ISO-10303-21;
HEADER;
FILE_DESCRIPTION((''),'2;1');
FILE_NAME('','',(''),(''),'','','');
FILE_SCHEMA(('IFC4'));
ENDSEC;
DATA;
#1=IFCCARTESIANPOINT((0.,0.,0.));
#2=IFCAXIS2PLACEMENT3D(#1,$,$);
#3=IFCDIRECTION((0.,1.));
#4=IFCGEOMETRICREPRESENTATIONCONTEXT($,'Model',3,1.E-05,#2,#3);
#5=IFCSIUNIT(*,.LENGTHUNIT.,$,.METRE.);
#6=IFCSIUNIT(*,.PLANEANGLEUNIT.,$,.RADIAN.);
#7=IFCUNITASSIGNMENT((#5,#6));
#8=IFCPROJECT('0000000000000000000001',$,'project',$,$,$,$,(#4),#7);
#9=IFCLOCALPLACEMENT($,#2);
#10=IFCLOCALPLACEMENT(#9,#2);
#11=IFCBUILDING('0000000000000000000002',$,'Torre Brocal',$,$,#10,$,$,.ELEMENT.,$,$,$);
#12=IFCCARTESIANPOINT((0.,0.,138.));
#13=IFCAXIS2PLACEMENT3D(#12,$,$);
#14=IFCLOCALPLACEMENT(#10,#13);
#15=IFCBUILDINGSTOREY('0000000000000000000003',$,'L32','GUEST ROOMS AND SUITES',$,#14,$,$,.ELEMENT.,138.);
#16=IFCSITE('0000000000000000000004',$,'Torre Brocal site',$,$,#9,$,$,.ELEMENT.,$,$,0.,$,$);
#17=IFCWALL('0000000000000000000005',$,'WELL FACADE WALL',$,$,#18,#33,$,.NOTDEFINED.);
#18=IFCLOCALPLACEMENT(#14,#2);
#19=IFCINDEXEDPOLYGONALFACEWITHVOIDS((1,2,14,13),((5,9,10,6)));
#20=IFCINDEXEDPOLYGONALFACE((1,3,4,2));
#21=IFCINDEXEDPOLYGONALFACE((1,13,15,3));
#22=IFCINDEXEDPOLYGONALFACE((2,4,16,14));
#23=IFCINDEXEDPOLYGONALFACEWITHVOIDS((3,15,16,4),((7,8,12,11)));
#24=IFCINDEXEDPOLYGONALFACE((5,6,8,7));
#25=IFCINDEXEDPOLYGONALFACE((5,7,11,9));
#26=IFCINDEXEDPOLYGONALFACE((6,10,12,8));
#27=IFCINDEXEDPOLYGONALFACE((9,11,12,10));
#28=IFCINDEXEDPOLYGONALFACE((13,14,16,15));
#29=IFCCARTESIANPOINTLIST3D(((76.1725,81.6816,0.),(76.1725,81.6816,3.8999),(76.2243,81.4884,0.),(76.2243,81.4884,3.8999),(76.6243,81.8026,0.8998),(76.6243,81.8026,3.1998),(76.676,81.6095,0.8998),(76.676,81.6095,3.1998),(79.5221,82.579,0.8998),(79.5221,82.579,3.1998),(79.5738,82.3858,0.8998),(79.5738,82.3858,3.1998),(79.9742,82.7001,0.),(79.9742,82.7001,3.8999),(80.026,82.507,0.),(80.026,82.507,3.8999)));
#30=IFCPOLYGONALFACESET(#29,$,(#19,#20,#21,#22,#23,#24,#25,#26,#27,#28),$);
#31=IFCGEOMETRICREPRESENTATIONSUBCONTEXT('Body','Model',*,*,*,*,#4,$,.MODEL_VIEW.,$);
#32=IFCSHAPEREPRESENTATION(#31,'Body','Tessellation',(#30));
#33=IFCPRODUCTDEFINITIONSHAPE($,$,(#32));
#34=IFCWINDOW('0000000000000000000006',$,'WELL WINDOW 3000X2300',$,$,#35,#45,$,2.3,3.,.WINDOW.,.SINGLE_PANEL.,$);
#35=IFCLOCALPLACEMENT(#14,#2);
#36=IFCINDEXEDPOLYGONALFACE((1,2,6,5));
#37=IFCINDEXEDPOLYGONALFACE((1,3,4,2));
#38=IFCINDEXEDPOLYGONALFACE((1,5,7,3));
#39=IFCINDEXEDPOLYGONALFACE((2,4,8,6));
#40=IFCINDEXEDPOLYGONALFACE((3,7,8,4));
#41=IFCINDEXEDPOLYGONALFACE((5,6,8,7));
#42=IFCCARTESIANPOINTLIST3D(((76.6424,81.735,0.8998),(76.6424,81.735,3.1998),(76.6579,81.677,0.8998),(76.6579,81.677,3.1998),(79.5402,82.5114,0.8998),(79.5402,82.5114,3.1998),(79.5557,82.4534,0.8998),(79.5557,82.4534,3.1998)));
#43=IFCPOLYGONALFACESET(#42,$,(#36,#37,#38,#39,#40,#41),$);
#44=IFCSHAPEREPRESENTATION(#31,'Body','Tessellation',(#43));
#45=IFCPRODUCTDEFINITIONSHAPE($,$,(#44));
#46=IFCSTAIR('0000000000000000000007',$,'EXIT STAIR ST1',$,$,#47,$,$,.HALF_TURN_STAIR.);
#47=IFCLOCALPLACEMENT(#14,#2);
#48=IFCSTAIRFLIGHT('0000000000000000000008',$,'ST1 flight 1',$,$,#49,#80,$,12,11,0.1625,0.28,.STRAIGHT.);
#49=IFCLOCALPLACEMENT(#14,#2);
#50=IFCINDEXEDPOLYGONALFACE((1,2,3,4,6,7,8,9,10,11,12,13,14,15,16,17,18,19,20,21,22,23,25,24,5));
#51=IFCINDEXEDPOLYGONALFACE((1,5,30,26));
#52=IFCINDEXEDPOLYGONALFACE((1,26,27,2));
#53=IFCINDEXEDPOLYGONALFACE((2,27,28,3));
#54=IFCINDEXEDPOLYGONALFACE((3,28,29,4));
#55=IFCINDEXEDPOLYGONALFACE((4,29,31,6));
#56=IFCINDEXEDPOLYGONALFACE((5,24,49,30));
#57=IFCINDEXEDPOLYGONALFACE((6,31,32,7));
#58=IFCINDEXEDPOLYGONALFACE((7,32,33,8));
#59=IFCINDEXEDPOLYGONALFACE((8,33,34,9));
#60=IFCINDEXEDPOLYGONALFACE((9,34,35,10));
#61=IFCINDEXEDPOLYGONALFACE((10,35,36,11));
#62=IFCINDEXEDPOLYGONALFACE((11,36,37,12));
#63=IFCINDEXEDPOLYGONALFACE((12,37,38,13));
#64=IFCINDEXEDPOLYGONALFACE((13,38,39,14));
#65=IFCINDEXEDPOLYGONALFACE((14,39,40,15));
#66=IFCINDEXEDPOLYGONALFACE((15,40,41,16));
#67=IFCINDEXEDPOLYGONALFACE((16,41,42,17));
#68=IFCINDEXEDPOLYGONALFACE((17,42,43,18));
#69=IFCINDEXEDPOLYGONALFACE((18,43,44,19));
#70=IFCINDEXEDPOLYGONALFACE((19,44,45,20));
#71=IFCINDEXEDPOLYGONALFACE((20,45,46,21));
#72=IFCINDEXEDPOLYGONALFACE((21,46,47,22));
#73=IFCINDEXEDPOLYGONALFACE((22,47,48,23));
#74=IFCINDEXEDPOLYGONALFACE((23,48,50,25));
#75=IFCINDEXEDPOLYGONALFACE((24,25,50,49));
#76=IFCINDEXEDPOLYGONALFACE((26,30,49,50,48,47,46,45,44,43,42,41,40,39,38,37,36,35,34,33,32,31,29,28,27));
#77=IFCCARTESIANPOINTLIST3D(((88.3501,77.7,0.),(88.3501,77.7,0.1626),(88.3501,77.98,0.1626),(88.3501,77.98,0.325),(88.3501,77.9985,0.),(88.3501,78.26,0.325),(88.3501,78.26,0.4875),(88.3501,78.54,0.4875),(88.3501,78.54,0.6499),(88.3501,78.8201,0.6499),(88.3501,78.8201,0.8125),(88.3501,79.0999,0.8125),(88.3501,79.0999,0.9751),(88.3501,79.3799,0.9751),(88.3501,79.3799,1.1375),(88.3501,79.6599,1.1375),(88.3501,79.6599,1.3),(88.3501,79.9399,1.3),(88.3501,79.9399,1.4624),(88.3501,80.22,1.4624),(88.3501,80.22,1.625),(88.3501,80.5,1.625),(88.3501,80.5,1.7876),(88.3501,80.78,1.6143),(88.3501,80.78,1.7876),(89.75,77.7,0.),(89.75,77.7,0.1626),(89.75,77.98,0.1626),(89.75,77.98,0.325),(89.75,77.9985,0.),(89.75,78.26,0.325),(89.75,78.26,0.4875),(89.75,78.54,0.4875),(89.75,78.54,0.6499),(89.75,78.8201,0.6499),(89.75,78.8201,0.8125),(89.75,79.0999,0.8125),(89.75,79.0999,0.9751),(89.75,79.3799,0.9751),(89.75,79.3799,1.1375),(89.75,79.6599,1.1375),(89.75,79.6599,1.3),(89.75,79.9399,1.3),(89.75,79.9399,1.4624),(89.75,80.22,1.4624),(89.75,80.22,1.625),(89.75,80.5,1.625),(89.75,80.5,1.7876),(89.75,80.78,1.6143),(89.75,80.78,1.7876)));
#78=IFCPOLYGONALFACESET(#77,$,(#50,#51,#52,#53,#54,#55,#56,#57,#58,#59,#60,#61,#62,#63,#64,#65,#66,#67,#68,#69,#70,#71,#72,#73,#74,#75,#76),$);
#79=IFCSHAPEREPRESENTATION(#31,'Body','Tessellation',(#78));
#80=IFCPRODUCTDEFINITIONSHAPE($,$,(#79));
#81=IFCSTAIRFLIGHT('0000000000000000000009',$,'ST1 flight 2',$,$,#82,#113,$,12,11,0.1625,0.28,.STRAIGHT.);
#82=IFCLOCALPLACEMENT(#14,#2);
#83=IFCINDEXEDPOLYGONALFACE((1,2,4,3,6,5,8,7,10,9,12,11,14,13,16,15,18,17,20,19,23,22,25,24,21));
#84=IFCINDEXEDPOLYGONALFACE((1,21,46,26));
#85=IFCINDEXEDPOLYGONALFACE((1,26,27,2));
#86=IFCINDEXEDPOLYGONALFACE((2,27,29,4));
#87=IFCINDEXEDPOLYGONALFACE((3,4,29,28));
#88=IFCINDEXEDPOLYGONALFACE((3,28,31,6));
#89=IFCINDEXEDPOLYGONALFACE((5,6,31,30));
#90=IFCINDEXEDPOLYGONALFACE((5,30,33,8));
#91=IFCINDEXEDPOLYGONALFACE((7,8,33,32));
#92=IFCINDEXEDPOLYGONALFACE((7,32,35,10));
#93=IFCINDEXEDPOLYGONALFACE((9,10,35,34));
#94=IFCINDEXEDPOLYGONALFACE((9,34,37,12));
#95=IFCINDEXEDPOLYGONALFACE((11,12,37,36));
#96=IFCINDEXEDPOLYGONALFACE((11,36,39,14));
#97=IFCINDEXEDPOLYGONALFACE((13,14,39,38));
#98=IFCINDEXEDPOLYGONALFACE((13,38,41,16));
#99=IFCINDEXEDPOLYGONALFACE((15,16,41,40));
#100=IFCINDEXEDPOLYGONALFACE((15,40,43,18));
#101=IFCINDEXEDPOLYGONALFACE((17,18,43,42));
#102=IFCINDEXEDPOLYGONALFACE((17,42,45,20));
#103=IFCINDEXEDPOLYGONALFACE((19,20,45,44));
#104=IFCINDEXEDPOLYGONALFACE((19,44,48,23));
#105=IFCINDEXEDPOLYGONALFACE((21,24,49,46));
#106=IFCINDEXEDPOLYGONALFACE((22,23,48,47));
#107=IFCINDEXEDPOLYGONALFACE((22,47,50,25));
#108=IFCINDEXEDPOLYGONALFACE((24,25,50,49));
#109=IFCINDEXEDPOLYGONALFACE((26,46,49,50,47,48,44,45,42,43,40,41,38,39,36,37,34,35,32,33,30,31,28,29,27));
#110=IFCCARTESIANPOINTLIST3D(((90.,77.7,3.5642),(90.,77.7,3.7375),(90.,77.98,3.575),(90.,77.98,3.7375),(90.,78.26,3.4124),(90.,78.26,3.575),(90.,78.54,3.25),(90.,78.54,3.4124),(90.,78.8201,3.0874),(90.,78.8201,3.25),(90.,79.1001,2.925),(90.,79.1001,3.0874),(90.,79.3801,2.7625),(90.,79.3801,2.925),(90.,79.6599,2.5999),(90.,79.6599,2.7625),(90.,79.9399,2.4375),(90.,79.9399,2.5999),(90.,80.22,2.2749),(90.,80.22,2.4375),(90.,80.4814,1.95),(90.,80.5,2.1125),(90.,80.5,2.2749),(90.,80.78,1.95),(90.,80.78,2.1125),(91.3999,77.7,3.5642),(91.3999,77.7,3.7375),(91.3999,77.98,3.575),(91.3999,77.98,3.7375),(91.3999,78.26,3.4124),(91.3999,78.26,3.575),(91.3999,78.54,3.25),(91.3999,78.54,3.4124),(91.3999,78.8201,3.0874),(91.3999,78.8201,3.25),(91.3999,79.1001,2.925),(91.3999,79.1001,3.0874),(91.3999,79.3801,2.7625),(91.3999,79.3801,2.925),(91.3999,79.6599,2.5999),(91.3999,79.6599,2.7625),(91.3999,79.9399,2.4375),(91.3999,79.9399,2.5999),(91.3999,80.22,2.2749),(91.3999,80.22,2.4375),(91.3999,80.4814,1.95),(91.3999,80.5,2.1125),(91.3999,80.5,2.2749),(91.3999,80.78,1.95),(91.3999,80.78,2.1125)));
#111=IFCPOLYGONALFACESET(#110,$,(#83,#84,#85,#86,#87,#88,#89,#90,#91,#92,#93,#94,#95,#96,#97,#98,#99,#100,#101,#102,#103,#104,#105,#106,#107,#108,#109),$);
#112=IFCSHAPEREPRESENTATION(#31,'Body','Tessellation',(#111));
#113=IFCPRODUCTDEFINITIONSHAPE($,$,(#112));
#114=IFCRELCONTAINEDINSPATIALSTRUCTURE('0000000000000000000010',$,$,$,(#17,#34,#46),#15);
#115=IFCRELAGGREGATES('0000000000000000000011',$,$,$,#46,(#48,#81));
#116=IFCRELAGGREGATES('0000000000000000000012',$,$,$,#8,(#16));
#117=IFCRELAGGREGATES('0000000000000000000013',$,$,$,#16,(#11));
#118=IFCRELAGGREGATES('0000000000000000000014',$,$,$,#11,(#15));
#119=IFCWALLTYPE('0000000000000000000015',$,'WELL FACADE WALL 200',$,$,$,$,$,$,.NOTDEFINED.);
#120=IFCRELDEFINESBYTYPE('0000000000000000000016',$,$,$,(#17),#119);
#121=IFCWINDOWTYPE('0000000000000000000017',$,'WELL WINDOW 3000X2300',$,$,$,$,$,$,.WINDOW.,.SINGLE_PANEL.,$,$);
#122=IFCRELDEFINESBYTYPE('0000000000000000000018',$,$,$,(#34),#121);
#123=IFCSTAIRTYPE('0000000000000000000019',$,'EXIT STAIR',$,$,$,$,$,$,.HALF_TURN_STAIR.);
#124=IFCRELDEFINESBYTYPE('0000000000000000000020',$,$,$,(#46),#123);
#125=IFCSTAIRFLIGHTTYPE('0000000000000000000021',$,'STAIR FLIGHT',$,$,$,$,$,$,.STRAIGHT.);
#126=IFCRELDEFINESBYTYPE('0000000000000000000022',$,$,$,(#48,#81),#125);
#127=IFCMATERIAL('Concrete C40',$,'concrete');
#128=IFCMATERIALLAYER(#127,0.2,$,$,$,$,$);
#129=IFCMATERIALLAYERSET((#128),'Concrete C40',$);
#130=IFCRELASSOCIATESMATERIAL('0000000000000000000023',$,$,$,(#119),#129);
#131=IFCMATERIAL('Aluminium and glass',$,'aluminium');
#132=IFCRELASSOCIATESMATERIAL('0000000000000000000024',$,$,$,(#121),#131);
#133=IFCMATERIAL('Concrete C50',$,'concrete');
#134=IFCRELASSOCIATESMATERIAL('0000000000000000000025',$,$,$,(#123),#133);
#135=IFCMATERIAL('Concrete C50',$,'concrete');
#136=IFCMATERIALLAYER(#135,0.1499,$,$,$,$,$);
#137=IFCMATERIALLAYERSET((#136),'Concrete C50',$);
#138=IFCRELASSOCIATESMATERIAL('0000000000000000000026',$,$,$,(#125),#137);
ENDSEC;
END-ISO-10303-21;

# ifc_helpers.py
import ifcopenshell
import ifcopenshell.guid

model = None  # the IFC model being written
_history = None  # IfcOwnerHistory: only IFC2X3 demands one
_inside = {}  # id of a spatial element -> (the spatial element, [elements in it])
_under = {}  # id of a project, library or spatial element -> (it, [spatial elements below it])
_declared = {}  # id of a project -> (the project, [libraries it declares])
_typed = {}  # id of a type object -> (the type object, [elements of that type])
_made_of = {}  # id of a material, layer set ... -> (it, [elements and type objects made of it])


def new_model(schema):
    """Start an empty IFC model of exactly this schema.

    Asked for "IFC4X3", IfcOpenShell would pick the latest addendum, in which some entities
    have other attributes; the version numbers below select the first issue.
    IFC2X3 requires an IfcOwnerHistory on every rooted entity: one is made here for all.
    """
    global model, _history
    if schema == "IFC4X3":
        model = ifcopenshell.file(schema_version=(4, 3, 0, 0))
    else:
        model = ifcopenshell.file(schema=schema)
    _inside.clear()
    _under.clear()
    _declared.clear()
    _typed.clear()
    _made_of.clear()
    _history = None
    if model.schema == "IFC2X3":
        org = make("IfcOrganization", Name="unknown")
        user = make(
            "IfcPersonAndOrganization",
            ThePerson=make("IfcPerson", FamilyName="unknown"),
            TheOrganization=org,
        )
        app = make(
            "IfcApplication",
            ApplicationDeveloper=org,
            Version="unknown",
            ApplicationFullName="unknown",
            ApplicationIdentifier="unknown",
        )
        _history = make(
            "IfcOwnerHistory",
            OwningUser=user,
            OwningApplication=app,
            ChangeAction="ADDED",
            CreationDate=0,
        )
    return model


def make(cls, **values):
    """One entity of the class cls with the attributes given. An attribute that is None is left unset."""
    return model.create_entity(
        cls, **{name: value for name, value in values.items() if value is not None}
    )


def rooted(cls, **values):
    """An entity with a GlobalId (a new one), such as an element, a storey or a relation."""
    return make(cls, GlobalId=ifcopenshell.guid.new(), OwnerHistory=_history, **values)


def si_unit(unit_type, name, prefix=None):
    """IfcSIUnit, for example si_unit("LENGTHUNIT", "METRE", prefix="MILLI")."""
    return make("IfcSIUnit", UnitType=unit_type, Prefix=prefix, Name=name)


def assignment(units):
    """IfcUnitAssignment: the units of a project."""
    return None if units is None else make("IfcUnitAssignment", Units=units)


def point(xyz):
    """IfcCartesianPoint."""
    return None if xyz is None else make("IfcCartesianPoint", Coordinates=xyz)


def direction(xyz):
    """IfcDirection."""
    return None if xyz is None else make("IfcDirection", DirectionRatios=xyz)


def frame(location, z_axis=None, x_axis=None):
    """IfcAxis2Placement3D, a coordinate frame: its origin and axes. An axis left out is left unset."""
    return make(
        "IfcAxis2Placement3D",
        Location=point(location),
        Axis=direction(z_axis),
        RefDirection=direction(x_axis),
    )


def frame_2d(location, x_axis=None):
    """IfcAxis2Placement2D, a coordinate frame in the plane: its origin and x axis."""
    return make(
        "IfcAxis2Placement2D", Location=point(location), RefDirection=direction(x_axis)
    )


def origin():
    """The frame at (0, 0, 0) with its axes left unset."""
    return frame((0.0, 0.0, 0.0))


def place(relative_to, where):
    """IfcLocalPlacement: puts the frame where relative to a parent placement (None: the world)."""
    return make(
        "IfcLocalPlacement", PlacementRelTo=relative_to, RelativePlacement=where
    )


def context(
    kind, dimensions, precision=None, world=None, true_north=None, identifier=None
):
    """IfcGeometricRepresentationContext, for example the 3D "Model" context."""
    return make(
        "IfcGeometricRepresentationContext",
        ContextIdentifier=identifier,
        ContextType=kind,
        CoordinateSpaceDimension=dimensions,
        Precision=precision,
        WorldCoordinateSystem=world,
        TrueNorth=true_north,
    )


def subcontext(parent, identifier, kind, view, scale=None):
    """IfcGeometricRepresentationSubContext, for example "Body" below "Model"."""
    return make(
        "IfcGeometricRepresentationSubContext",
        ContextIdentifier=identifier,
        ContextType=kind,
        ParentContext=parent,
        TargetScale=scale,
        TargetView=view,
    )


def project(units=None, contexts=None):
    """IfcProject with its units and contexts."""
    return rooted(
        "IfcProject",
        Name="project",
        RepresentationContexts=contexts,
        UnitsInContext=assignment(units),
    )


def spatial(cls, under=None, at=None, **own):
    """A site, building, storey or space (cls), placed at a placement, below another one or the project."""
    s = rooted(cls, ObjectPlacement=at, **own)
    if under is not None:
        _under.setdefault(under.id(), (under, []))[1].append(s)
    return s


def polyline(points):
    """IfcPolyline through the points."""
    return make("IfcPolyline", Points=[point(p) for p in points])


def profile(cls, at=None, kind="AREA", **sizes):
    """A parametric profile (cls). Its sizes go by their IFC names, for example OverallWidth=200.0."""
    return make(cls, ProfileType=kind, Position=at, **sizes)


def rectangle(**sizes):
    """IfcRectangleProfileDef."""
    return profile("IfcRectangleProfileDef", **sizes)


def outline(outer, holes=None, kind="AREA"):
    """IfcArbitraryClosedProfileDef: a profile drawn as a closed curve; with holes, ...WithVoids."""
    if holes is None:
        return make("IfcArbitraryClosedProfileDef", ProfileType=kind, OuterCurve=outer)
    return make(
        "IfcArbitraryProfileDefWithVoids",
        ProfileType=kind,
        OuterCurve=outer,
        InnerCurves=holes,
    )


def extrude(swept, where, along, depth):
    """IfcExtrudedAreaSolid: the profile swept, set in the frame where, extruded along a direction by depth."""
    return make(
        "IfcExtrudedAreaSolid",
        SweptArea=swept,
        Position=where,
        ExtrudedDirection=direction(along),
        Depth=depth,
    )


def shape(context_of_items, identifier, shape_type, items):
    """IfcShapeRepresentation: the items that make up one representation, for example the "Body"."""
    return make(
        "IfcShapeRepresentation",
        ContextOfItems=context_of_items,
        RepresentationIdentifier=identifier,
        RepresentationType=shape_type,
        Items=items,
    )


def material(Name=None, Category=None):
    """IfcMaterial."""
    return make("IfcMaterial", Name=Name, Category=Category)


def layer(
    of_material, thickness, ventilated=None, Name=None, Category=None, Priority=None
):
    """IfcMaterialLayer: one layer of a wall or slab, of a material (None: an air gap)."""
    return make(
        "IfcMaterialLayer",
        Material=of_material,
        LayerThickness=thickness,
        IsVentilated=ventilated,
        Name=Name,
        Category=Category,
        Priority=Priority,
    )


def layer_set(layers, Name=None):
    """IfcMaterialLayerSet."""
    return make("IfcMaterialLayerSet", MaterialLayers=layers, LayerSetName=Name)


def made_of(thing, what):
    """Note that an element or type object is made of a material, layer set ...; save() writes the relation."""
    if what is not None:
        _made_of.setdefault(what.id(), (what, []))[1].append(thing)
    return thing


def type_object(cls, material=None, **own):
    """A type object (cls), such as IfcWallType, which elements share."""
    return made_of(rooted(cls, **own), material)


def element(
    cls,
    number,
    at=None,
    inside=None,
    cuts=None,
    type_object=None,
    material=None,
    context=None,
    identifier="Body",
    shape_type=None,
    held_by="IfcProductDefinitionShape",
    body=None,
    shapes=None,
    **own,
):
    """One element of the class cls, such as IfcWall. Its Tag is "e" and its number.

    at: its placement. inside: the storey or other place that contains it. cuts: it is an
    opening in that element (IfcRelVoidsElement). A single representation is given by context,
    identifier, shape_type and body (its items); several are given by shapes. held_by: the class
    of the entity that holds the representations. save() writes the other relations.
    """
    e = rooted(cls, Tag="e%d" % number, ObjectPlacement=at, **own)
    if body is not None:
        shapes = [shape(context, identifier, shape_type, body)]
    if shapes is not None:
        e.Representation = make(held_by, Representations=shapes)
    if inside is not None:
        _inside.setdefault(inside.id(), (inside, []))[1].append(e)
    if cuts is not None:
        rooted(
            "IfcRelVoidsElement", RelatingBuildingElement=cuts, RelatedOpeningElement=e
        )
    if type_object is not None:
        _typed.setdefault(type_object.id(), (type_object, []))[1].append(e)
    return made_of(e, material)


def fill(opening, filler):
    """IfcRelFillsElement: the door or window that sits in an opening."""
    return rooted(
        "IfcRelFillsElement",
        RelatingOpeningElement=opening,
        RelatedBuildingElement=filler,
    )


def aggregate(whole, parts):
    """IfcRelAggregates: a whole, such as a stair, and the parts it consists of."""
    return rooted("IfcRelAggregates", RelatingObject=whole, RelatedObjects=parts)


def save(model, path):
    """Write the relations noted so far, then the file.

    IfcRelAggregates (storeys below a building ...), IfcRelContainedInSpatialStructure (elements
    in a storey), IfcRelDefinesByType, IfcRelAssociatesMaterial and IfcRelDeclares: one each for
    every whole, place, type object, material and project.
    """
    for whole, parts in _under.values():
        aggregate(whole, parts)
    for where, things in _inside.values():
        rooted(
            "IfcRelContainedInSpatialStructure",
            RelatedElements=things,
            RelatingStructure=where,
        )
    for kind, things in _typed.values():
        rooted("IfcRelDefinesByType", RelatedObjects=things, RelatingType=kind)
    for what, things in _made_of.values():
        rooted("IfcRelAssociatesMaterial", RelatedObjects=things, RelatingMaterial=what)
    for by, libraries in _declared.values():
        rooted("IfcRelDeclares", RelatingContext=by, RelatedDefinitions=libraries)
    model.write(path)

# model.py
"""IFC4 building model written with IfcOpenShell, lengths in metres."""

from ifc_helpers import new_model, si_unit, direction, frame, frame_2d, origin, place, context, subcontext, project, spatial, polyline, rectangle, outline, extrude, material, layer, layer_set, type_object, element, fill, aggregate, save


model = new_model("IFC4")

# Units and contexts
model_context = context("Model", 3, precision=1e-05, world=origin(), true_north=direction((0.0, 1.0)))
body_context = subcontext(model_context, "Body", "Model", "MODEL_VIEW")
ifc_project = project(units=[si_unit("LENGTHUNIT", "METRE"), si_unit("PLANEANGLEUNIT", "RADIAN")], contexts=[model_context])

# Site, building, storey
site_placement = place(None, origin())
site = spatial("IfcSite", under=ifc_project, at=site_placement, Name="Torre Brocal site", CompositionType="ELEMENT", RefElevation=0.0)
building_placement = place(site_placement, origin())
building = spatial("IfcBuilding", under=site, at=building_placement, Name="Torre Brocal", CompositionType="ELEMENT")
storey_placement = place(building_placement, frame((0.0, 0.0, 138.0)))
storey = spatial("IfcBuildingStorey", under=building, at=storey_placement, Name="L32", Description="GUEST ROOMS AND SUITES", CompositionType="ELEMENT", Elevation=138.0)

# Wall, opening, window
ifc_material_1 = material(Name="Concrete C40", Category="concrete")
ifc_layer_1 = layer(ifc_material_1, 0.2)
ifc_layer_set_1 = layer_set([ifc_layer_1], Name="Concrete C40")
wall_type_1 = type_object("IfcWallType", Name="WELL FACADE WALL 200", PredefinedType="NOTDEFINED", material=ifc_layer_set_1)
ifc_material_2 = material(Name="Aluminium and glass", Category="aluminium")
window_type = type_object("IfcWindowType", Name="WELL WINDOW 3000X2300", PartitioningType="SINGLE_PANEL", PredefinedType="WINDOW", material=ifc_material_2)
wall_1_placement = place(storey_placement, frame((80.0, 82.6035, 0.0), z_axis=(0.0, 0.0, 1.0), x_axis=(-0.965934, -0.25879, 0.0)))
wall_1 = element("IfcWall", 1, at=wall_1_placement, inside=storey, type_object=wall_type_1, Name="WELL FACADE WALL", PredefinedType="NOTDEFINED", context=body_context, shape_type="SweptSolid", body=[
    extrude(rectangle(XDim=3.9358, YDim=0.2, at=frame_2d((1.9678, 0.0))), origin(), (0.0, 0.0, 1.0), 3.8999),
])
opening_1_placement = place(wall_1_placement, frame((0.468, 0.0, 0.8999)))
opening_1 = element("IfcOpeningElement", 2, at=opening_1_placement, cuts=wall_1, PredefinedType="OPENING", context=body_context, shape_type="SweptSolid", body=[
    extrude(rectangle(XDim=3.0, YDim=2.3, at=frame_2d((1.5, 1.1499))), frame((0.0, 0.1099, 0.0), z_axis=(0.0, -1.0, 0.0), x_axis=(1.0, 0.0, 0.0)), (0.0, 0.0, 1.0), 0.22),
])
window_1_placement = place(opening_1_placement, origin())
window_1 = element("IfcWindow", 3, at=window_1_placement, inside=storey, type_object=window_type, Name="WELL WINDOW 3000X2300", OverallHeight=2.3, OverallWidth=3.0, PartitioningType="SINGLE_PANEL", PredefinedType="WINDOW", context=body_context, shape_type="SweptSolid", body=[
    extrude(rectangle(XDim=3.0, YDim=2.3, at=frame_2d((1.5, 1.1499))), frame((0.0, 0.03, 0.0), z_axis=(0.0, -1.0, 0.0), x_axis=(1.0, 0.0, 0.0)), (0.0, 0.0, 1.0), 0.0601),
])
fill(opening_1, window_1)

# Stair, stair flights
ifc_material_3 = material(Name="Concrete C50", Category="concrete")
stair_type = type_object("IfcStairType", Name="EXIT STAIR", PredefinedType="HALF_TURN_STAIR", material=ifc_material_3)
stair_placement = place(storey_placement, origin())
stair = element("IfcStair", 4, at=stair_placement, inside=storey, type_object=stair_type, Name="EXIT STAIR ST1", PredefinedType="HALF_TURN_STAIR")
ifc_material_4 = material(Name="Concrete C50", Category="concrete")
ifc_layer_2 = layer(ifc_material_4, 0.1499)
ifc_layer_set_2 = layer_set([ifc_layer_2], Name="Concrete C50")
stair_flight_type = type_object("IfcStairFlightType", Name="STAIR FLIGHT", PredefinedType="STRAIGHT", material=ifc_layer_set_2)
stair_flight_1_placement = place(storey_placement, frame((89.05, 77.7, 0.0), z_axis=(0.0, 0.0, 1.0), x_axis=(0.0, 1.0, 0.0)))
stair_flight_1 = element("IfcStairFlight", 5, at=stair_flight_1_placement, type_object=stair_flight_type, Name="ST1 flight 1", NumberOfRisers=12, NumberOfTreads=11, PredefinedType="STRAIGHT", RiserHeight=0.1625, TreadLength=0.28, context=body_context, shape_type="SweptSolid", body=[
    extrude(outline(polyline([(0.0, 0.0), (0.0, 0.1626), (0.28, 0.1626), (0.28, 0.325), (0.5601, 0.325), (0.5601, 0.4875), (0.8401, 0.4875), (0.8401, 0.6499), (1.1201, 0.6499), (1.1201, 0.8125), (1.3999, 0.8125), (1.3999, 0.9751), (1.6799, 0.9751), (1.6799, 1.1375), (1.96, 1.1375), (1.96, 1.3), (2.24, 1.3), (2.24, 1.4624), (2.52, 1.4624), (2.52, 1.625), (2.8, 1.625), (2.8, 1.7876), (3.0801, 1.7876), (3.0801, 1.95), (3.0801, 1.6143), (0.2986, 0.0), (0.0, 0.0)])), frame((0.0, 0.7, 0.0), z_axis=(0.0, -1.0, 0.0), x_axis=(1.0, 0.0, 0.0)), (0.0, 0.0, 1.0), 1.3999),
])
stair_flight_2_placement = place(storey_placement, frame((90.7, 80.78, 1.95), z_axis=(0.0, 0.0, 1.0), x_axis=(0.0, -1.0, 0.0)))
stair_flight_2 = element("IfcStairFlight", 6, at=stair_flight_2_placement, type_object=stair_flight_type, Name="ST1 flight 2", NumberOfRisers=12, NumberOfTreads=11, PredefinedType="STRAIGHT", RiserHeight=0.1625, TreadLength=0.28, context=body_context, shape_type="SweptSolid", body=[
    extrude(outline(polyline([(0.0, 0.0), (0.0, 0.1626), (0.28, 0.1626), (0.28, 0.325), (0.5601, 0.325), (0.5601, 0.4875), (0.8401, 0.4875), (0.8401, 0.6499), (1.1201, 0.6499), (1.1201, 0.8125), (1.3999, 0.8125), (1.3999, 0.9751), (1.6799, 0.9751), (1.6799, 1.1375), (1.96, 1.1375), (1.96, 1.3), (2.24, 1.3), (2.24, 1.4624), (2.52, 1.4624), (2.52, 1.625), (2.8, 1.625), (2.8, 1.7876), (3.0801, 1.7876), (3.0801, 1.95), (3.0801, 1.6143), (0.2986, 0.0), (0.0, 0.0)])), frame((0.0, 0.7, 0.0), z_axis=(0.0, -1.0, 0.0), x_axis=(1.0, 0.0, 0.0)), (0.0, 0.0, 1.0), 1.3999),
])
aggregate(stair, [stair_flight_1, stair_flight_2])

save(model, "model.ifc")
